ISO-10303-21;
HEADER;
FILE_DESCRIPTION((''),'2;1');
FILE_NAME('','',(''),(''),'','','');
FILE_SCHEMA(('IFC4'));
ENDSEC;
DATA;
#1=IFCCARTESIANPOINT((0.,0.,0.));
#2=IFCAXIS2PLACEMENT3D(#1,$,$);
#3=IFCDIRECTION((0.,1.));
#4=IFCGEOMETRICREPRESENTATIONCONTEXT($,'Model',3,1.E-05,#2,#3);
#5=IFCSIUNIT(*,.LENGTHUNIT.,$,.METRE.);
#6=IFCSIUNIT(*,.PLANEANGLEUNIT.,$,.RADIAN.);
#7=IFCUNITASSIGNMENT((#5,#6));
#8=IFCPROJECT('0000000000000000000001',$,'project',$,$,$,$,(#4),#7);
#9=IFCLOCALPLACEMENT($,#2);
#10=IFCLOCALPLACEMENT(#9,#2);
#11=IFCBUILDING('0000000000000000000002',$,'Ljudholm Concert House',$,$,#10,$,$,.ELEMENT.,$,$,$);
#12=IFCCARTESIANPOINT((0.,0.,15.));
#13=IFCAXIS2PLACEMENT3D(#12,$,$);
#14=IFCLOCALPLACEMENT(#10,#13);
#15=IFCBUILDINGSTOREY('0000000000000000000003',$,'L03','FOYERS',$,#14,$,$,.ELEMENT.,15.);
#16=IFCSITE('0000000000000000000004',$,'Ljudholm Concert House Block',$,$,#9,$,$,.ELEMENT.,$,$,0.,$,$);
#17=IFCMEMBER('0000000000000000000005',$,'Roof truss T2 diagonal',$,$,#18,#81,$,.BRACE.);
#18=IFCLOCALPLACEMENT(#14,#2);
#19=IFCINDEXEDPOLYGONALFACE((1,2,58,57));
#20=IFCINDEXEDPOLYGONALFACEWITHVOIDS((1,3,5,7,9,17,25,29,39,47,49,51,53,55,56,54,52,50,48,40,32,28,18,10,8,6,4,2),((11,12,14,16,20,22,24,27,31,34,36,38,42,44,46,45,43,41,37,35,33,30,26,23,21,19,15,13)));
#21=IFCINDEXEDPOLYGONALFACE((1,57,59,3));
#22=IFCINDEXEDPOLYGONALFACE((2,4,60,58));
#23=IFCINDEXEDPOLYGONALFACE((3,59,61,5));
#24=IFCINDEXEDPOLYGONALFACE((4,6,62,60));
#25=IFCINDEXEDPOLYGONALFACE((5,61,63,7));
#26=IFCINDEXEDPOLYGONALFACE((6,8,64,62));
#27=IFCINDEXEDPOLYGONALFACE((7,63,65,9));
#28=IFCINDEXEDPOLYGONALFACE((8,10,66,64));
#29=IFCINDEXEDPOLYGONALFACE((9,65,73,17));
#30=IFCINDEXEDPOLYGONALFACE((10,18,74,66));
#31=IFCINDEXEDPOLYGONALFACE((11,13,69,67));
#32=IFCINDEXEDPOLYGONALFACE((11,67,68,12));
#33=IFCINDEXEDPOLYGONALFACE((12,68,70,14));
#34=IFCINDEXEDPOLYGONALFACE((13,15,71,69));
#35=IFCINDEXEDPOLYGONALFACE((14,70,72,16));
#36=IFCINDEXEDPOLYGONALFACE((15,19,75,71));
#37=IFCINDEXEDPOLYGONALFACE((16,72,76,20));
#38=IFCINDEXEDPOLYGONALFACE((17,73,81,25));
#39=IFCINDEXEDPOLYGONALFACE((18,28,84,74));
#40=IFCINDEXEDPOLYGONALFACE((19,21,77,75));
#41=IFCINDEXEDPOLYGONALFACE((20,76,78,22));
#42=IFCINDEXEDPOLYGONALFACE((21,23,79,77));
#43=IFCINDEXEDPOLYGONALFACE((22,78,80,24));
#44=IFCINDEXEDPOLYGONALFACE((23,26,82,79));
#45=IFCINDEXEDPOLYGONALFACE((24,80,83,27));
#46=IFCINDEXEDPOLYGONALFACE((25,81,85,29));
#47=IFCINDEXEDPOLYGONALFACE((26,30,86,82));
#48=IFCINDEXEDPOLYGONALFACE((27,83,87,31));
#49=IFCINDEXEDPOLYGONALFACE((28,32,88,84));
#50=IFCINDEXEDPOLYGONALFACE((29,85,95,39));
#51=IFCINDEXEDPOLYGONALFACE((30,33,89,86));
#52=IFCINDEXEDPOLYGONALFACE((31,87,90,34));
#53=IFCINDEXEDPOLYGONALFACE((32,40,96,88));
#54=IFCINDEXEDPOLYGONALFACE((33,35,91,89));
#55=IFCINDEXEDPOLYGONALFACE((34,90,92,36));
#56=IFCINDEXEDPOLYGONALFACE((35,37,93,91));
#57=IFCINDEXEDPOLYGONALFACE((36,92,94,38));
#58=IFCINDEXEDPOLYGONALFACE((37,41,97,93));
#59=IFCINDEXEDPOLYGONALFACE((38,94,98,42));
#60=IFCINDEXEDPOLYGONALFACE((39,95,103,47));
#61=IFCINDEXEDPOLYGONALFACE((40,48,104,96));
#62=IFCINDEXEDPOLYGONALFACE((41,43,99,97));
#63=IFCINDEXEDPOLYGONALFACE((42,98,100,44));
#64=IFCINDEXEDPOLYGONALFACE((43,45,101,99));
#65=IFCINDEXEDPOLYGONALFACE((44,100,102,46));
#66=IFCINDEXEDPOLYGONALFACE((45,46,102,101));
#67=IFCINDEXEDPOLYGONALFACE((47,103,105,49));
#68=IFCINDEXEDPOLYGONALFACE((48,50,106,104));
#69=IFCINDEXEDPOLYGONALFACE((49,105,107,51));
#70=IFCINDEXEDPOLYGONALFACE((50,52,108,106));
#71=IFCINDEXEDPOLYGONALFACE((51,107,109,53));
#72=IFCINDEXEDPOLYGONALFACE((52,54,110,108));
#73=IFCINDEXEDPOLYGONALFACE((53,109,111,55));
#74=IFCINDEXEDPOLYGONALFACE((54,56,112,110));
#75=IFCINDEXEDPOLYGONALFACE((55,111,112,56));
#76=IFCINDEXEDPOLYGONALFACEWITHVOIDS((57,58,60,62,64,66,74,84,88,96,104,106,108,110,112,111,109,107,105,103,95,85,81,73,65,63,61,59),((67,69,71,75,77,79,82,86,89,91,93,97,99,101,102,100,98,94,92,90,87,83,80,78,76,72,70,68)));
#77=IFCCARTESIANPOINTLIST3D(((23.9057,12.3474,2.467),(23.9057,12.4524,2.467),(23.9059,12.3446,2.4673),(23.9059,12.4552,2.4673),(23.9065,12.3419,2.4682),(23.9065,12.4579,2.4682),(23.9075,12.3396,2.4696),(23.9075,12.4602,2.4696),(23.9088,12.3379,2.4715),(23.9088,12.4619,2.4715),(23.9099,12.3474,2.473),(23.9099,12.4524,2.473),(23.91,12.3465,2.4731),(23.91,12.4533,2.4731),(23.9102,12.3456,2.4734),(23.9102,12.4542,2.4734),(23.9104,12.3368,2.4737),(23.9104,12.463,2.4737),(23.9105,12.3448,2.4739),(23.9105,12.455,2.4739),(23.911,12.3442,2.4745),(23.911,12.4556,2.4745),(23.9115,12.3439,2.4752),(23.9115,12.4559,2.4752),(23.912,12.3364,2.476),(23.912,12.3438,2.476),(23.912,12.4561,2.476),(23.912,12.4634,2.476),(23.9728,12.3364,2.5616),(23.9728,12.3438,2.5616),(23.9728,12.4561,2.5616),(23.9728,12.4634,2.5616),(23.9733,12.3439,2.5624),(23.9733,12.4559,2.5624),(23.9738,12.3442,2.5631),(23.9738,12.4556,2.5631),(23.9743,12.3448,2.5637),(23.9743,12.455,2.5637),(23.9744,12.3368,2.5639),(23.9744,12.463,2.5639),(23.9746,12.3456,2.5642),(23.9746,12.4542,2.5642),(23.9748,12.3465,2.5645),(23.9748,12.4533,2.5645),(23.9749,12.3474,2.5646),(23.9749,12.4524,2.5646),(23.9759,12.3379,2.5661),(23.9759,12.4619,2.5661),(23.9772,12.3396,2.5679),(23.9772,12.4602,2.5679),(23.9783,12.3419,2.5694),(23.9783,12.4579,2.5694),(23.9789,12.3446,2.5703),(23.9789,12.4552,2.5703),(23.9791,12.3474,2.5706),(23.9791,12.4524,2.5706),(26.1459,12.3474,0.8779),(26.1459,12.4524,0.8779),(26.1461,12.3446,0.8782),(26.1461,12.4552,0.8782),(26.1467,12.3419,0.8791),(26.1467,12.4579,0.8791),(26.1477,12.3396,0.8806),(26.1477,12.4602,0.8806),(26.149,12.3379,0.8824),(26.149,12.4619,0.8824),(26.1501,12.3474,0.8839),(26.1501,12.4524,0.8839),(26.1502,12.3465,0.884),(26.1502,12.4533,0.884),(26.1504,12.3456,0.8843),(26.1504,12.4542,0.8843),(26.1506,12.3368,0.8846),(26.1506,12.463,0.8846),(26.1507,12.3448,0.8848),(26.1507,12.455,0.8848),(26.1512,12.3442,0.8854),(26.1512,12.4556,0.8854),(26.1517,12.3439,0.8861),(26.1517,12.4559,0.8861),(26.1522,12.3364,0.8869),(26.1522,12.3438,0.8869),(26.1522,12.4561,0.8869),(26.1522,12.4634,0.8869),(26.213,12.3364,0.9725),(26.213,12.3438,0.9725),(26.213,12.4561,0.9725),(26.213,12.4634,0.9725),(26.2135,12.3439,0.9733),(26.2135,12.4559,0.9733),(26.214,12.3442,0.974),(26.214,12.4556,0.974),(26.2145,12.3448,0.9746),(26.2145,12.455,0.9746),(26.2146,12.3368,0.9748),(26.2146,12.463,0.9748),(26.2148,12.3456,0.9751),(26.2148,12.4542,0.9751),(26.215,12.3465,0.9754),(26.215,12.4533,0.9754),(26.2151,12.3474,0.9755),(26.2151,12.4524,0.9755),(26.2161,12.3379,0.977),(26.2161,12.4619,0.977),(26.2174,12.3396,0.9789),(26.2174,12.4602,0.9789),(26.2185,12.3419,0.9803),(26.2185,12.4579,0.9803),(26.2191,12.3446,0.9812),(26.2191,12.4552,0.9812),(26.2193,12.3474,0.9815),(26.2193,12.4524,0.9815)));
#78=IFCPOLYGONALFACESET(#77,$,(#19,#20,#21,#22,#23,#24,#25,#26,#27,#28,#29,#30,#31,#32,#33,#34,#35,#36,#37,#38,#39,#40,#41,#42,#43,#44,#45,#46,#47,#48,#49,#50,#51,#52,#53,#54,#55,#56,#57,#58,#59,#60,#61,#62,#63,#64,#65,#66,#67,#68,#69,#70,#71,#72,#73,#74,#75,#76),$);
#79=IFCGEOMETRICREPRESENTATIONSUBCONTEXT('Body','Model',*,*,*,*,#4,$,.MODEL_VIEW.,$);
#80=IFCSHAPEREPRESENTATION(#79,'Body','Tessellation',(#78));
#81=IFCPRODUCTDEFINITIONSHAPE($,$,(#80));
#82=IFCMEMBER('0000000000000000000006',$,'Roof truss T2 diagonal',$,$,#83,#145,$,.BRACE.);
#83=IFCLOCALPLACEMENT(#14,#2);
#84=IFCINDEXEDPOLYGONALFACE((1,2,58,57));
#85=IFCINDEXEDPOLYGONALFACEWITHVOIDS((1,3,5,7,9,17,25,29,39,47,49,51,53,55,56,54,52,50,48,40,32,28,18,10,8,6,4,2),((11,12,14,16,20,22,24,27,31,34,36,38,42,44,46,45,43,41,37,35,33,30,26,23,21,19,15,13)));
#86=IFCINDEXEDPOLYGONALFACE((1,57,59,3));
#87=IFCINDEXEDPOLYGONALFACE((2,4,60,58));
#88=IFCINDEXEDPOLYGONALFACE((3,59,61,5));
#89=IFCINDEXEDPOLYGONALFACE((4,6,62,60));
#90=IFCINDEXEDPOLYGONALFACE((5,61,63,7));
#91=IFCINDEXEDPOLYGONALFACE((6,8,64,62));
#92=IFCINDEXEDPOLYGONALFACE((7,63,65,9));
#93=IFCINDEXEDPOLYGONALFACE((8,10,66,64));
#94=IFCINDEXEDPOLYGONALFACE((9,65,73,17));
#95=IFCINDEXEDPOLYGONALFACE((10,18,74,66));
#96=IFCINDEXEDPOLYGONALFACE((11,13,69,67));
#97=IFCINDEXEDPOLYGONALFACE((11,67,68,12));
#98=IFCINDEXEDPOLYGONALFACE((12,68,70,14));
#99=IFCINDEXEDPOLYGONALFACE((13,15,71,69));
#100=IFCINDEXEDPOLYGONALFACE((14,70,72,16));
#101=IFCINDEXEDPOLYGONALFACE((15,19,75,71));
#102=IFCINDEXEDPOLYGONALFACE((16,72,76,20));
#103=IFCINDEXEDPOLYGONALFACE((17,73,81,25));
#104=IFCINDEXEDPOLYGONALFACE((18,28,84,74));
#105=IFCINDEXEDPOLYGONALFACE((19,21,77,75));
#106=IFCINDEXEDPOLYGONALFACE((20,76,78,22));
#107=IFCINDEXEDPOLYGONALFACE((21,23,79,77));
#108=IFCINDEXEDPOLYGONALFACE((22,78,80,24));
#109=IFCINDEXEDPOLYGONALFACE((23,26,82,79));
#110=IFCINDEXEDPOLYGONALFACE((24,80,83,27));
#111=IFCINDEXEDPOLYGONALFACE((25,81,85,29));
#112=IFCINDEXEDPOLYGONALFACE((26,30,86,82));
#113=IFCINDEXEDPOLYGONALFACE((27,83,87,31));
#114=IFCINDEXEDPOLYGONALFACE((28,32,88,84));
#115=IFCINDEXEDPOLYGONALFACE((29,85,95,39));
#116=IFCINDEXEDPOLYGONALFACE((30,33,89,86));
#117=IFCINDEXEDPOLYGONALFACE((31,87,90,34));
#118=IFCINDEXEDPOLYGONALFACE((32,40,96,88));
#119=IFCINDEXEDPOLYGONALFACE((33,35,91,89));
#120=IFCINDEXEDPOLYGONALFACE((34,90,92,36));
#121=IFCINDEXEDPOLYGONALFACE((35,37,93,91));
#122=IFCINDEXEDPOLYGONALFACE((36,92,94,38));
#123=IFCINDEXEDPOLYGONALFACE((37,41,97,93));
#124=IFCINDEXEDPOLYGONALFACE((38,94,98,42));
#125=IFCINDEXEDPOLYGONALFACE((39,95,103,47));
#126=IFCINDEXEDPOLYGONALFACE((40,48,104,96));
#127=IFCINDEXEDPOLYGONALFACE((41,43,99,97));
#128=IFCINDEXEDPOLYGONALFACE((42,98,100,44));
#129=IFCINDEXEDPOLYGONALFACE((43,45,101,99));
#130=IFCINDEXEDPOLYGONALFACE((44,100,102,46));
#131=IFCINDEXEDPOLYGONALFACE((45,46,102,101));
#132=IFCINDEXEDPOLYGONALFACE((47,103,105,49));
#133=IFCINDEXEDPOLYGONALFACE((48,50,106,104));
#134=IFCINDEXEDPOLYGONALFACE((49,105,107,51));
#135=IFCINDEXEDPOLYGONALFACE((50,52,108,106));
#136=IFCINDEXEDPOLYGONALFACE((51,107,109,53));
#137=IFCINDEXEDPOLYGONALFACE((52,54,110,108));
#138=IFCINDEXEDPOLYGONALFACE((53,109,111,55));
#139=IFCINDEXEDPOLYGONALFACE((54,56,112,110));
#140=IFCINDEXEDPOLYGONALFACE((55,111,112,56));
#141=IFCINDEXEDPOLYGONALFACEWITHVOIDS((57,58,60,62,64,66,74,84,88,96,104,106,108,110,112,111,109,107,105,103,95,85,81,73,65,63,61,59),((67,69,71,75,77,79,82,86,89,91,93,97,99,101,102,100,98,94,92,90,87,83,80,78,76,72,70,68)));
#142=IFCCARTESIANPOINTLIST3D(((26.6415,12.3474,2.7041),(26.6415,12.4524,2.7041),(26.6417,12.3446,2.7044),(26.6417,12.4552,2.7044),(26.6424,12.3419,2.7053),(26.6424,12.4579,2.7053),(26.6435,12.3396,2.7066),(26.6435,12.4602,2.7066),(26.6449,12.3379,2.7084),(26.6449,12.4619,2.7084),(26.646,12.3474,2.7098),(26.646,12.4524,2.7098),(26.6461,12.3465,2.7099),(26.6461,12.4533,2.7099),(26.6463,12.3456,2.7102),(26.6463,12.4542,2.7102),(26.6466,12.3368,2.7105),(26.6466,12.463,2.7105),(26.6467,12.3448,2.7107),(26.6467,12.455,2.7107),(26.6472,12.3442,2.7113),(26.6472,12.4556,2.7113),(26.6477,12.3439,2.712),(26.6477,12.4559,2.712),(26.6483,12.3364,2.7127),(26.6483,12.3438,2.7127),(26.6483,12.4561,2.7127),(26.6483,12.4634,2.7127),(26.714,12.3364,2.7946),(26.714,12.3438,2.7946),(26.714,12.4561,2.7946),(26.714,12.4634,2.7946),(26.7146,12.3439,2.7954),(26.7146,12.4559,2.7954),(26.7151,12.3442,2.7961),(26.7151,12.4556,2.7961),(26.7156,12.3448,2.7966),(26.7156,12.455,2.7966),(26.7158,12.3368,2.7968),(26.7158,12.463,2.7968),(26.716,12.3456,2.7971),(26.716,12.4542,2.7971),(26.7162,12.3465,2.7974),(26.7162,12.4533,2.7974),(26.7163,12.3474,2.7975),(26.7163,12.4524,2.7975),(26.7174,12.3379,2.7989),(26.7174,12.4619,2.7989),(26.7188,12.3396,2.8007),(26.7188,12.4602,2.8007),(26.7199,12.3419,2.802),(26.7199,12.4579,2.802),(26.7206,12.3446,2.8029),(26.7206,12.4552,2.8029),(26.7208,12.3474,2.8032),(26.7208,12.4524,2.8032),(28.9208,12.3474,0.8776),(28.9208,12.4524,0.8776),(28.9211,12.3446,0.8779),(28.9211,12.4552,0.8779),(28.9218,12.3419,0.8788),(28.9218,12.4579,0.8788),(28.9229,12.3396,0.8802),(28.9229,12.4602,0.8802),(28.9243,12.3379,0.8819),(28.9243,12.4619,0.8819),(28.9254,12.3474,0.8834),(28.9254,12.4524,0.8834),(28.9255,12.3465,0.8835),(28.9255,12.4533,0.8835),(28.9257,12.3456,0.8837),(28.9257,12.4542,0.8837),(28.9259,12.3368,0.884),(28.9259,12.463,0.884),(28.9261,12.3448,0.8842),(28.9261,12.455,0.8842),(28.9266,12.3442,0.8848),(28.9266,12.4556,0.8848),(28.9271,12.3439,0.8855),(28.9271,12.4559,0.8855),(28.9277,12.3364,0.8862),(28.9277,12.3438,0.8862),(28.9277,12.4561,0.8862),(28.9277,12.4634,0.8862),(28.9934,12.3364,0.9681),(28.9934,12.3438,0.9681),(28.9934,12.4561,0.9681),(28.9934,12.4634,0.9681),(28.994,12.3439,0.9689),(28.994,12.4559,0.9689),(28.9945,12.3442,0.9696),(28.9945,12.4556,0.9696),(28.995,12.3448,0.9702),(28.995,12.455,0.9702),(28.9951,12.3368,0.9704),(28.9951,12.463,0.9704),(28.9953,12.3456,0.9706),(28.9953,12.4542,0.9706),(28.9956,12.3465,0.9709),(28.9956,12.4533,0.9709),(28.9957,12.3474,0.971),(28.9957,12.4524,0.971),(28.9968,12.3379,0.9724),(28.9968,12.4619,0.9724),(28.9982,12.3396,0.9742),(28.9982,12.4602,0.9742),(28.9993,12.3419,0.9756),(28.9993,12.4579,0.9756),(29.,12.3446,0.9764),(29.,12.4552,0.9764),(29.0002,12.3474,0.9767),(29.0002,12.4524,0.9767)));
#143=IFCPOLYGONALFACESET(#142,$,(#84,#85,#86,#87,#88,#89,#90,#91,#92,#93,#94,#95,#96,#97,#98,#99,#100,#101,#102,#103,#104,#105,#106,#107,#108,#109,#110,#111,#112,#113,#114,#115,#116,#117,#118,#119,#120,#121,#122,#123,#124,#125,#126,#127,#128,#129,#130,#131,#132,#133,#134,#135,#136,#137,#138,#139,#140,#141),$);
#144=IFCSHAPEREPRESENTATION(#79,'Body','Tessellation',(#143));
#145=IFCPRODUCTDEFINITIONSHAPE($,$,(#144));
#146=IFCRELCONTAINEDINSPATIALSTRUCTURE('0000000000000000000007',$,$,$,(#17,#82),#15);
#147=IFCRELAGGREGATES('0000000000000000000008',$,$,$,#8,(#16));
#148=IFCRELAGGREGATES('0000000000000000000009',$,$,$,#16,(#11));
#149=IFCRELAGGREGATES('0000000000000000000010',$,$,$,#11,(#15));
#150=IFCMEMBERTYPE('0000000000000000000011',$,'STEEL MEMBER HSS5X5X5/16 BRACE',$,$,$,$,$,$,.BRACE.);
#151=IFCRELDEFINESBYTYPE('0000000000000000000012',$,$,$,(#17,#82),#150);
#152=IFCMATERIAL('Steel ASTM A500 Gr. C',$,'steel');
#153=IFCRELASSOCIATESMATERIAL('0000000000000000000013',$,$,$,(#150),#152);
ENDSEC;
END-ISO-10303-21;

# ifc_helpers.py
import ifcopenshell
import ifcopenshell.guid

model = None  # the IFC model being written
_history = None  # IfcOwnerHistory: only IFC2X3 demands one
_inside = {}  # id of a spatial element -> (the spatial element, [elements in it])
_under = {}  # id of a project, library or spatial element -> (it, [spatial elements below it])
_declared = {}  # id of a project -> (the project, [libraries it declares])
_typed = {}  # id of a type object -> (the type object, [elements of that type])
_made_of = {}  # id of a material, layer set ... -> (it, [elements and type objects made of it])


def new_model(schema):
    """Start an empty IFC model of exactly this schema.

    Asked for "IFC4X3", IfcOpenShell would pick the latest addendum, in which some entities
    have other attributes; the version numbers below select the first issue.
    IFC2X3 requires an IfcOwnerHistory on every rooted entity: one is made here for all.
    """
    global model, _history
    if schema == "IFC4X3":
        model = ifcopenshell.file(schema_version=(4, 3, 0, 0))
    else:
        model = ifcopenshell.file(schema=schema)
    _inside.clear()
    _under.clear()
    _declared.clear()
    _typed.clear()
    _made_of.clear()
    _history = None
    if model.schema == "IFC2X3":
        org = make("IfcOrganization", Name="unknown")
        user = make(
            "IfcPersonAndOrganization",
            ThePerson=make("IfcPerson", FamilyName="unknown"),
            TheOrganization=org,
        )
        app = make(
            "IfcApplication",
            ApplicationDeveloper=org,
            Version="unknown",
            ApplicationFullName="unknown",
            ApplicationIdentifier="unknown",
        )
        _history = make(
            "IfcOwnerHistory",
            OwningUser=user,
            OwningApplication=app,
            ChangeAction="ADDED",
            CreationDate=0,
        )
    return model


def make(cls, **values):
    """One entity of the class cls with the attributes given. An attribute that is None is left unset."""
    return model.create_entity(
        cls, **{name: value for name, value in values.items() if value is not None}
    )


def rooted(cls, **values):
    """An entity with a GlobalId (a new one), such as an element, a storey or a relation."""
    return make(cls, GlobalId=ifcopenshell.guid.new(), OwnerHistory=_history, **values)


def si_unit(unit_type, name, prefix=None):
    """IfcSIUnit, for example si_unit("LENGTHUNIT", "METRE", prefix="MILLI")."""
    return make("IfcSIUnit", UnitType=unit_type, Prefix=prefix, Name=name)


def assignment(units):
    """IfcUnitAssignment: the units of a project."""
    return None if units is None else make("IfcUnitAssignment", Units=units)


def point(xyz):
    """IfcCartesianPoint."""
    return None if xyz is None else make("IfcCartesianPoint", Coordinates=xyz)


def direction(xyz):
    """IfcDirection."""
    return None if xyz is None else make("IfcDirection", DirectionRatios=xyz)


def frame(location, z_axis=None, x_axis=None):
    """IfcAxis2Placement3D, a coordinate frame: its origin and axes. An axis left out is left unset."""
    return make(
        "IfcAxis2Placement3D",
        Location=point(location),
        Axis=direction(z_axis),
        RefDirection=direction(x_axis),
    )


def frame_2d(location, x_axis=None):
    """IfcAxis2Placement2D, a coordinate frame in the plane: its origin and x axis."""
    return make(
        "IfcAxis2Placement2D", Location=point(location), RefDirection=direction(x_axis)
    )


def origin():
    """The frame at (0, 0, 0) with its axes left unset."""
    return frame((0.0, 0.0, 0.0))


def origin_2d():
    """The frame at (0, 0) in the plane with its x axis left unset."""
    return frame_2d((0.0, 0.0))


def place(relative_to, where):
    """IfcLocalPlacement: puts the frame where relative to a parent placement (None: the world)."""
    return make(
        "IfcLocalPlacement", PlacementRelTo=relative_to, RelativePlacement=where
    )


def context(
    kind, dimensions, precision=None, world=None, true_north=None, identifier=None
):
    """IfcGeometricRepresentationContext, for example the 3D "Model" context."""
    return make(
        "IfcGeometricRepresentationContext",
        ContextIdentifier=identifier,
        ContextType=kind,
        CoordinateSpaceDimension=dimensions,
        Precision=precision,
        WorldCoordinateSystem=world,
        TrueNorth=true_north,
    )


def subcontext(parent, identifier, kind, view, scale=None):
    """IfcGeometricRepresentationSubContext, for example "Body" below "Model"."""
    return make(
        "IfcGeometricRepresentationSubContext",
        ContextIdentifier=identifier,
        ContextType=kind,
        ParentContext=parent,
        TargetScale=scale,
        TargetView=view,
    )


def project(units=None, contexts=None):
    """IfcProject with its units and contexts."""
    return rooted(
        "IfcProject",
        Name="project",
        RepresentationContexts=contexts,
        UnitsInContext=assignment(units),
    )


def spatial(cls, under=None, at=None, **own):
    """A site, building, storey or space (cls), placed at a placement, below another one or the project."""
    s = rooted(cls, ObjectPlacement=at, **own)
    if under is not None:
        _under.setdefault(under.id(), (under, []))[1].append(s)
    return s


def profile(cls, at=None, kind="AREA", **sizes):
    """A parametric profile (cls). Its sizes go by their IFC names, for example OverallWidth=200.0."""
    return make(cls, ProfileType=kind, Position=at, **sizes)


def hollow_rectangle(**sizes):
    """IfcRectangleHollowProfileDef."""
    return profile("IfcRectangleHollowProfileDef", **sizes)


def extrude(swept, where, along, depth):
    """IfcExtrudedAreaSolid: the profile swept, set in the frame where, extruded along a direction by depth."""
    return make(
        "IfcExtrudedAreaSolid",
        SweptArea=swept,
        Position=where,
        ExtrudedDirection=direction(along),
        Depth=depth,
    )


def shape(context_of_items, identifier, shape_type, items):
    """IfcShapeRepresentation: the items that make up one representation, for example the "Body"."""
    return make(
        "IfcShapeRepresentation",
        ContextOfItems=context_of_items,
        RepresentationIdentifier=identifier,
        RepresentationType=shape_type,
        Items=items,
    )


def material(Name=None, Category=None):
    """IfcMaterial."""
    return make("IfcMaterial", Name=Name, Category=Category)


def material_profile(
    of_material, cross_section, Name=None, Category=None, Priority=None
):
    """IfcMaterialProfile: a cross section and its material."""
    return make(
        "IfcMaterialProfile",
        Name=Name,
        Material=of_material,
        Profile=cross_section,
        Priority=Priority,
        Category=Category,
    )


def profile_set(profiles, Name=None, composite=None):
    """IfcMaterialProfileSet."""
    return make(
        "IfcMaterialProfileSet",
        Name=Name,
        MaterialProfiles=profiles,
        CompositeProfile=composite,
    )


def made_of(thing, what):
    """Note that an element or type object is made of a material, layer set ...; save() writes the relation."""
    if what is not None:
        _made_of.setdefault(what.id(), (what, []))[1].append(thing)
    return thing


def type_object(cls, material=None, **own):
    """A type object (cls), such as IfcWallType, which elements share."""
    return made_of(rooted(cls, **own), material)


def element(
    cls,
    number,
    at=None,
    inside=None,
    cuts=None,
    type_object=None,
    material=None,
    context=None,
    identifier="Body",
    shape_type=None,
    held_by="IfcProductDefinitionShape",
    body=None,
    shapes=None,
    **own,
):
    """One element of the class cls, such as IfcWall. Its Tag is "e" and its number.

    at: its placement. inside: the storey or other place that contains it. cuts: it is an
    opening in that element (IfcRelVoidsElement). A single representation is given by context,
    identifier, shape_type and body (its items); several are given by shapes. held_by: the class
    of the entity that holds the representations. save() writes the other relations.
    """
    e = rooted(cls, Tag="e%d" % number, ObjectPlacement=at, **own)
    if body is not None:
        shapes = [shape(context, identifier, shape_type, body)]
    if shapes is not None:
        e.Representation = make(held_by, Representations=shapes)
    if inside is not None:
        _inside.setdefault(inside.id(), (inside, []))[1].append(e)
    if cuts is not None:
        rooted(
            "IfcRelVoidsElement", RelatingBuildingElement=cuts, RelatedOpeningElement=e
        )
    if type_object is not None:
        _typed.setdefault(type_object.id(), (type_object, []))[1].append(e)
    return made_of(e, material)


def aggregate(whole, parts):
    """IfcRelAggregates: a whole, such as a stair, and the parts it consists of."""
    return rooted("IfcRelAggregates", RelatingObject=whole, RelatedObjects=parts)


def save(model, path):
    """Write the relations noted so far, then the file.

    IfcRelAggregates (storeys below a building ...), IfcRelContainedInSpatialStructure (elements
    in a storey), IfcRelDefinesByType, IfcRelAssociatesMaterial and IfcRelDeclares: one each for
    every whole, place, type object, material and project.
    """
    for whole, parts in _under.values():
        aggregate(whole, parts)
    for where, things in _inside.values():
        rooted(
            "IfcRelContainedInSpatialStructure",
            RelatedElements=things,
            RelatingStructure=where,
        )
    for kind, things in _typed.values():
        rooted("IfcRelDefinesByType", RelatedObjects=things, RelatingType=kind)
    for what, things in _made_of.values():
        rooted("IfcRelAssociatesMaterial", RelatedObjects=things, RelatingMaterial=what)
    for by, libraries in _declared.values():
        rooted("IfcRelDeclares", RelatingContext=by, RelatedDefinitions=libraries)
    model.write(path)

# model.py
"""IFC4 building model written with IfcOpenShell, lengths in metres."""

from ifc_helpers import new_model, si_unit, direction, frame, origin, origin_2d, place, context, subcontext, project, spatial, hollow_rectangle, extrude, material, material_profile, profile_set, type_object, element, save


model = new_model("IFC4")

# Units and contexts
model_context = context("Model", 3, precision=1e-05, world=origin(), true_north=direction((0.0, 1.0)))
body_context = subcontext(model_context, "Body", "Model", "MODEL_VIEW")
ifc_project = project(units=[si_unit("LENGTHUNIT", "METRE"), si_unit("PLANEANGLEUNIT", "RADIAN")], contexts=[model_context])

# Site, building, storey
site_placement = place(None, origin())
site = spatial("IfcSite", under=ifc_project, at=site_placement, Name="Ljudholm Concert House Block", CompositionType="ELEMENT", RefElevation=0.0)
building_placement = place(site_placement, origin())
building = spatial("IfcBuilding", under=site, at=building_placement, Name="Ljudholm Concert House", CompositionType="ELEMENT")
storey_placement = place(building_placement, frame((0.0, 0.0, 15.0)))
storey = spatial("IfcBuildingStorey", under=building, at=storey_placement, Name="L03", Description="FOYERS", CompositionType="ELEMENT", Elevation=15.0)

# Members
ifc_material_1 = material(Name="Steel ASTM A500 Gr. C", Category="steel")
ifc_material_profile_1 = material_profile(ifc_material_1, hollow_rectangle(XDim=0.127, YDim=0.127, WallThickness=0.0073, InnerFilletRadius=0.0037, OuterFilletRadius=0.011, at=origin_2d()), Name="HSS5X5X5/16")
ifc_profile_set_1 = profile_set([ifc_material_profile_1], Name="Steel ASTM A500 Gr. C")
member_type_1 = type_object("IfcMemberType", Name="STEEL MEMBER HSS5X5X5/16 BRACE", PredefinedType="BRACE", material=ifc_profile_set_1)
member_1_placement = place(storey_placement, frame((23.9424, 12.3999, 2.5188), z_axis=(0.815633, 0.0, -0.57857), x_axis=(0.0, 1.0, 0.0)))
element("IfcMember", 1, at=member_1_placement, inside=storey, type_object=member_type_1, Name="Roof truss T2 diagonal", PredefinedType="BRACE", context=body_context, shape_type="SweptSolid", body=[
    extrude(hollow_rectangle(XDim=0.127, YDim=0.127, WallThickness=0.0073, InnerFilletRadius=0.0037, OuterFilletRadius=0.011, at=origin_2d()), origin(), (0.0, 0.0, 1.0), 2.7466),
])
member_2_placement = place(storey_placement, frame((26.6812, 12.3999, 2.7537), z_axis=(0.780371, 0.0, -0.625317), x_axis=(0.0, 1.0, 0.0)))
element("IfcMember", 2, at=member_2_placement, inside=storey, type_object=member_type_1, Name="Roof truss T2 diagonal", PredefinedType="BRACE", context=body_context, shape_type="SweptSolid", body=[
    extrude(hollow_rectangle(XDim=0.127, YDim=0.127, WallThickness=0.0073, InnerFilletRadius=0.0037, OuterFilletRadius=0.011, at=origin_2d()), origin(), (0.0, 0.0, 1.0), 2.9209),
])

save(model, "model.ifc")
